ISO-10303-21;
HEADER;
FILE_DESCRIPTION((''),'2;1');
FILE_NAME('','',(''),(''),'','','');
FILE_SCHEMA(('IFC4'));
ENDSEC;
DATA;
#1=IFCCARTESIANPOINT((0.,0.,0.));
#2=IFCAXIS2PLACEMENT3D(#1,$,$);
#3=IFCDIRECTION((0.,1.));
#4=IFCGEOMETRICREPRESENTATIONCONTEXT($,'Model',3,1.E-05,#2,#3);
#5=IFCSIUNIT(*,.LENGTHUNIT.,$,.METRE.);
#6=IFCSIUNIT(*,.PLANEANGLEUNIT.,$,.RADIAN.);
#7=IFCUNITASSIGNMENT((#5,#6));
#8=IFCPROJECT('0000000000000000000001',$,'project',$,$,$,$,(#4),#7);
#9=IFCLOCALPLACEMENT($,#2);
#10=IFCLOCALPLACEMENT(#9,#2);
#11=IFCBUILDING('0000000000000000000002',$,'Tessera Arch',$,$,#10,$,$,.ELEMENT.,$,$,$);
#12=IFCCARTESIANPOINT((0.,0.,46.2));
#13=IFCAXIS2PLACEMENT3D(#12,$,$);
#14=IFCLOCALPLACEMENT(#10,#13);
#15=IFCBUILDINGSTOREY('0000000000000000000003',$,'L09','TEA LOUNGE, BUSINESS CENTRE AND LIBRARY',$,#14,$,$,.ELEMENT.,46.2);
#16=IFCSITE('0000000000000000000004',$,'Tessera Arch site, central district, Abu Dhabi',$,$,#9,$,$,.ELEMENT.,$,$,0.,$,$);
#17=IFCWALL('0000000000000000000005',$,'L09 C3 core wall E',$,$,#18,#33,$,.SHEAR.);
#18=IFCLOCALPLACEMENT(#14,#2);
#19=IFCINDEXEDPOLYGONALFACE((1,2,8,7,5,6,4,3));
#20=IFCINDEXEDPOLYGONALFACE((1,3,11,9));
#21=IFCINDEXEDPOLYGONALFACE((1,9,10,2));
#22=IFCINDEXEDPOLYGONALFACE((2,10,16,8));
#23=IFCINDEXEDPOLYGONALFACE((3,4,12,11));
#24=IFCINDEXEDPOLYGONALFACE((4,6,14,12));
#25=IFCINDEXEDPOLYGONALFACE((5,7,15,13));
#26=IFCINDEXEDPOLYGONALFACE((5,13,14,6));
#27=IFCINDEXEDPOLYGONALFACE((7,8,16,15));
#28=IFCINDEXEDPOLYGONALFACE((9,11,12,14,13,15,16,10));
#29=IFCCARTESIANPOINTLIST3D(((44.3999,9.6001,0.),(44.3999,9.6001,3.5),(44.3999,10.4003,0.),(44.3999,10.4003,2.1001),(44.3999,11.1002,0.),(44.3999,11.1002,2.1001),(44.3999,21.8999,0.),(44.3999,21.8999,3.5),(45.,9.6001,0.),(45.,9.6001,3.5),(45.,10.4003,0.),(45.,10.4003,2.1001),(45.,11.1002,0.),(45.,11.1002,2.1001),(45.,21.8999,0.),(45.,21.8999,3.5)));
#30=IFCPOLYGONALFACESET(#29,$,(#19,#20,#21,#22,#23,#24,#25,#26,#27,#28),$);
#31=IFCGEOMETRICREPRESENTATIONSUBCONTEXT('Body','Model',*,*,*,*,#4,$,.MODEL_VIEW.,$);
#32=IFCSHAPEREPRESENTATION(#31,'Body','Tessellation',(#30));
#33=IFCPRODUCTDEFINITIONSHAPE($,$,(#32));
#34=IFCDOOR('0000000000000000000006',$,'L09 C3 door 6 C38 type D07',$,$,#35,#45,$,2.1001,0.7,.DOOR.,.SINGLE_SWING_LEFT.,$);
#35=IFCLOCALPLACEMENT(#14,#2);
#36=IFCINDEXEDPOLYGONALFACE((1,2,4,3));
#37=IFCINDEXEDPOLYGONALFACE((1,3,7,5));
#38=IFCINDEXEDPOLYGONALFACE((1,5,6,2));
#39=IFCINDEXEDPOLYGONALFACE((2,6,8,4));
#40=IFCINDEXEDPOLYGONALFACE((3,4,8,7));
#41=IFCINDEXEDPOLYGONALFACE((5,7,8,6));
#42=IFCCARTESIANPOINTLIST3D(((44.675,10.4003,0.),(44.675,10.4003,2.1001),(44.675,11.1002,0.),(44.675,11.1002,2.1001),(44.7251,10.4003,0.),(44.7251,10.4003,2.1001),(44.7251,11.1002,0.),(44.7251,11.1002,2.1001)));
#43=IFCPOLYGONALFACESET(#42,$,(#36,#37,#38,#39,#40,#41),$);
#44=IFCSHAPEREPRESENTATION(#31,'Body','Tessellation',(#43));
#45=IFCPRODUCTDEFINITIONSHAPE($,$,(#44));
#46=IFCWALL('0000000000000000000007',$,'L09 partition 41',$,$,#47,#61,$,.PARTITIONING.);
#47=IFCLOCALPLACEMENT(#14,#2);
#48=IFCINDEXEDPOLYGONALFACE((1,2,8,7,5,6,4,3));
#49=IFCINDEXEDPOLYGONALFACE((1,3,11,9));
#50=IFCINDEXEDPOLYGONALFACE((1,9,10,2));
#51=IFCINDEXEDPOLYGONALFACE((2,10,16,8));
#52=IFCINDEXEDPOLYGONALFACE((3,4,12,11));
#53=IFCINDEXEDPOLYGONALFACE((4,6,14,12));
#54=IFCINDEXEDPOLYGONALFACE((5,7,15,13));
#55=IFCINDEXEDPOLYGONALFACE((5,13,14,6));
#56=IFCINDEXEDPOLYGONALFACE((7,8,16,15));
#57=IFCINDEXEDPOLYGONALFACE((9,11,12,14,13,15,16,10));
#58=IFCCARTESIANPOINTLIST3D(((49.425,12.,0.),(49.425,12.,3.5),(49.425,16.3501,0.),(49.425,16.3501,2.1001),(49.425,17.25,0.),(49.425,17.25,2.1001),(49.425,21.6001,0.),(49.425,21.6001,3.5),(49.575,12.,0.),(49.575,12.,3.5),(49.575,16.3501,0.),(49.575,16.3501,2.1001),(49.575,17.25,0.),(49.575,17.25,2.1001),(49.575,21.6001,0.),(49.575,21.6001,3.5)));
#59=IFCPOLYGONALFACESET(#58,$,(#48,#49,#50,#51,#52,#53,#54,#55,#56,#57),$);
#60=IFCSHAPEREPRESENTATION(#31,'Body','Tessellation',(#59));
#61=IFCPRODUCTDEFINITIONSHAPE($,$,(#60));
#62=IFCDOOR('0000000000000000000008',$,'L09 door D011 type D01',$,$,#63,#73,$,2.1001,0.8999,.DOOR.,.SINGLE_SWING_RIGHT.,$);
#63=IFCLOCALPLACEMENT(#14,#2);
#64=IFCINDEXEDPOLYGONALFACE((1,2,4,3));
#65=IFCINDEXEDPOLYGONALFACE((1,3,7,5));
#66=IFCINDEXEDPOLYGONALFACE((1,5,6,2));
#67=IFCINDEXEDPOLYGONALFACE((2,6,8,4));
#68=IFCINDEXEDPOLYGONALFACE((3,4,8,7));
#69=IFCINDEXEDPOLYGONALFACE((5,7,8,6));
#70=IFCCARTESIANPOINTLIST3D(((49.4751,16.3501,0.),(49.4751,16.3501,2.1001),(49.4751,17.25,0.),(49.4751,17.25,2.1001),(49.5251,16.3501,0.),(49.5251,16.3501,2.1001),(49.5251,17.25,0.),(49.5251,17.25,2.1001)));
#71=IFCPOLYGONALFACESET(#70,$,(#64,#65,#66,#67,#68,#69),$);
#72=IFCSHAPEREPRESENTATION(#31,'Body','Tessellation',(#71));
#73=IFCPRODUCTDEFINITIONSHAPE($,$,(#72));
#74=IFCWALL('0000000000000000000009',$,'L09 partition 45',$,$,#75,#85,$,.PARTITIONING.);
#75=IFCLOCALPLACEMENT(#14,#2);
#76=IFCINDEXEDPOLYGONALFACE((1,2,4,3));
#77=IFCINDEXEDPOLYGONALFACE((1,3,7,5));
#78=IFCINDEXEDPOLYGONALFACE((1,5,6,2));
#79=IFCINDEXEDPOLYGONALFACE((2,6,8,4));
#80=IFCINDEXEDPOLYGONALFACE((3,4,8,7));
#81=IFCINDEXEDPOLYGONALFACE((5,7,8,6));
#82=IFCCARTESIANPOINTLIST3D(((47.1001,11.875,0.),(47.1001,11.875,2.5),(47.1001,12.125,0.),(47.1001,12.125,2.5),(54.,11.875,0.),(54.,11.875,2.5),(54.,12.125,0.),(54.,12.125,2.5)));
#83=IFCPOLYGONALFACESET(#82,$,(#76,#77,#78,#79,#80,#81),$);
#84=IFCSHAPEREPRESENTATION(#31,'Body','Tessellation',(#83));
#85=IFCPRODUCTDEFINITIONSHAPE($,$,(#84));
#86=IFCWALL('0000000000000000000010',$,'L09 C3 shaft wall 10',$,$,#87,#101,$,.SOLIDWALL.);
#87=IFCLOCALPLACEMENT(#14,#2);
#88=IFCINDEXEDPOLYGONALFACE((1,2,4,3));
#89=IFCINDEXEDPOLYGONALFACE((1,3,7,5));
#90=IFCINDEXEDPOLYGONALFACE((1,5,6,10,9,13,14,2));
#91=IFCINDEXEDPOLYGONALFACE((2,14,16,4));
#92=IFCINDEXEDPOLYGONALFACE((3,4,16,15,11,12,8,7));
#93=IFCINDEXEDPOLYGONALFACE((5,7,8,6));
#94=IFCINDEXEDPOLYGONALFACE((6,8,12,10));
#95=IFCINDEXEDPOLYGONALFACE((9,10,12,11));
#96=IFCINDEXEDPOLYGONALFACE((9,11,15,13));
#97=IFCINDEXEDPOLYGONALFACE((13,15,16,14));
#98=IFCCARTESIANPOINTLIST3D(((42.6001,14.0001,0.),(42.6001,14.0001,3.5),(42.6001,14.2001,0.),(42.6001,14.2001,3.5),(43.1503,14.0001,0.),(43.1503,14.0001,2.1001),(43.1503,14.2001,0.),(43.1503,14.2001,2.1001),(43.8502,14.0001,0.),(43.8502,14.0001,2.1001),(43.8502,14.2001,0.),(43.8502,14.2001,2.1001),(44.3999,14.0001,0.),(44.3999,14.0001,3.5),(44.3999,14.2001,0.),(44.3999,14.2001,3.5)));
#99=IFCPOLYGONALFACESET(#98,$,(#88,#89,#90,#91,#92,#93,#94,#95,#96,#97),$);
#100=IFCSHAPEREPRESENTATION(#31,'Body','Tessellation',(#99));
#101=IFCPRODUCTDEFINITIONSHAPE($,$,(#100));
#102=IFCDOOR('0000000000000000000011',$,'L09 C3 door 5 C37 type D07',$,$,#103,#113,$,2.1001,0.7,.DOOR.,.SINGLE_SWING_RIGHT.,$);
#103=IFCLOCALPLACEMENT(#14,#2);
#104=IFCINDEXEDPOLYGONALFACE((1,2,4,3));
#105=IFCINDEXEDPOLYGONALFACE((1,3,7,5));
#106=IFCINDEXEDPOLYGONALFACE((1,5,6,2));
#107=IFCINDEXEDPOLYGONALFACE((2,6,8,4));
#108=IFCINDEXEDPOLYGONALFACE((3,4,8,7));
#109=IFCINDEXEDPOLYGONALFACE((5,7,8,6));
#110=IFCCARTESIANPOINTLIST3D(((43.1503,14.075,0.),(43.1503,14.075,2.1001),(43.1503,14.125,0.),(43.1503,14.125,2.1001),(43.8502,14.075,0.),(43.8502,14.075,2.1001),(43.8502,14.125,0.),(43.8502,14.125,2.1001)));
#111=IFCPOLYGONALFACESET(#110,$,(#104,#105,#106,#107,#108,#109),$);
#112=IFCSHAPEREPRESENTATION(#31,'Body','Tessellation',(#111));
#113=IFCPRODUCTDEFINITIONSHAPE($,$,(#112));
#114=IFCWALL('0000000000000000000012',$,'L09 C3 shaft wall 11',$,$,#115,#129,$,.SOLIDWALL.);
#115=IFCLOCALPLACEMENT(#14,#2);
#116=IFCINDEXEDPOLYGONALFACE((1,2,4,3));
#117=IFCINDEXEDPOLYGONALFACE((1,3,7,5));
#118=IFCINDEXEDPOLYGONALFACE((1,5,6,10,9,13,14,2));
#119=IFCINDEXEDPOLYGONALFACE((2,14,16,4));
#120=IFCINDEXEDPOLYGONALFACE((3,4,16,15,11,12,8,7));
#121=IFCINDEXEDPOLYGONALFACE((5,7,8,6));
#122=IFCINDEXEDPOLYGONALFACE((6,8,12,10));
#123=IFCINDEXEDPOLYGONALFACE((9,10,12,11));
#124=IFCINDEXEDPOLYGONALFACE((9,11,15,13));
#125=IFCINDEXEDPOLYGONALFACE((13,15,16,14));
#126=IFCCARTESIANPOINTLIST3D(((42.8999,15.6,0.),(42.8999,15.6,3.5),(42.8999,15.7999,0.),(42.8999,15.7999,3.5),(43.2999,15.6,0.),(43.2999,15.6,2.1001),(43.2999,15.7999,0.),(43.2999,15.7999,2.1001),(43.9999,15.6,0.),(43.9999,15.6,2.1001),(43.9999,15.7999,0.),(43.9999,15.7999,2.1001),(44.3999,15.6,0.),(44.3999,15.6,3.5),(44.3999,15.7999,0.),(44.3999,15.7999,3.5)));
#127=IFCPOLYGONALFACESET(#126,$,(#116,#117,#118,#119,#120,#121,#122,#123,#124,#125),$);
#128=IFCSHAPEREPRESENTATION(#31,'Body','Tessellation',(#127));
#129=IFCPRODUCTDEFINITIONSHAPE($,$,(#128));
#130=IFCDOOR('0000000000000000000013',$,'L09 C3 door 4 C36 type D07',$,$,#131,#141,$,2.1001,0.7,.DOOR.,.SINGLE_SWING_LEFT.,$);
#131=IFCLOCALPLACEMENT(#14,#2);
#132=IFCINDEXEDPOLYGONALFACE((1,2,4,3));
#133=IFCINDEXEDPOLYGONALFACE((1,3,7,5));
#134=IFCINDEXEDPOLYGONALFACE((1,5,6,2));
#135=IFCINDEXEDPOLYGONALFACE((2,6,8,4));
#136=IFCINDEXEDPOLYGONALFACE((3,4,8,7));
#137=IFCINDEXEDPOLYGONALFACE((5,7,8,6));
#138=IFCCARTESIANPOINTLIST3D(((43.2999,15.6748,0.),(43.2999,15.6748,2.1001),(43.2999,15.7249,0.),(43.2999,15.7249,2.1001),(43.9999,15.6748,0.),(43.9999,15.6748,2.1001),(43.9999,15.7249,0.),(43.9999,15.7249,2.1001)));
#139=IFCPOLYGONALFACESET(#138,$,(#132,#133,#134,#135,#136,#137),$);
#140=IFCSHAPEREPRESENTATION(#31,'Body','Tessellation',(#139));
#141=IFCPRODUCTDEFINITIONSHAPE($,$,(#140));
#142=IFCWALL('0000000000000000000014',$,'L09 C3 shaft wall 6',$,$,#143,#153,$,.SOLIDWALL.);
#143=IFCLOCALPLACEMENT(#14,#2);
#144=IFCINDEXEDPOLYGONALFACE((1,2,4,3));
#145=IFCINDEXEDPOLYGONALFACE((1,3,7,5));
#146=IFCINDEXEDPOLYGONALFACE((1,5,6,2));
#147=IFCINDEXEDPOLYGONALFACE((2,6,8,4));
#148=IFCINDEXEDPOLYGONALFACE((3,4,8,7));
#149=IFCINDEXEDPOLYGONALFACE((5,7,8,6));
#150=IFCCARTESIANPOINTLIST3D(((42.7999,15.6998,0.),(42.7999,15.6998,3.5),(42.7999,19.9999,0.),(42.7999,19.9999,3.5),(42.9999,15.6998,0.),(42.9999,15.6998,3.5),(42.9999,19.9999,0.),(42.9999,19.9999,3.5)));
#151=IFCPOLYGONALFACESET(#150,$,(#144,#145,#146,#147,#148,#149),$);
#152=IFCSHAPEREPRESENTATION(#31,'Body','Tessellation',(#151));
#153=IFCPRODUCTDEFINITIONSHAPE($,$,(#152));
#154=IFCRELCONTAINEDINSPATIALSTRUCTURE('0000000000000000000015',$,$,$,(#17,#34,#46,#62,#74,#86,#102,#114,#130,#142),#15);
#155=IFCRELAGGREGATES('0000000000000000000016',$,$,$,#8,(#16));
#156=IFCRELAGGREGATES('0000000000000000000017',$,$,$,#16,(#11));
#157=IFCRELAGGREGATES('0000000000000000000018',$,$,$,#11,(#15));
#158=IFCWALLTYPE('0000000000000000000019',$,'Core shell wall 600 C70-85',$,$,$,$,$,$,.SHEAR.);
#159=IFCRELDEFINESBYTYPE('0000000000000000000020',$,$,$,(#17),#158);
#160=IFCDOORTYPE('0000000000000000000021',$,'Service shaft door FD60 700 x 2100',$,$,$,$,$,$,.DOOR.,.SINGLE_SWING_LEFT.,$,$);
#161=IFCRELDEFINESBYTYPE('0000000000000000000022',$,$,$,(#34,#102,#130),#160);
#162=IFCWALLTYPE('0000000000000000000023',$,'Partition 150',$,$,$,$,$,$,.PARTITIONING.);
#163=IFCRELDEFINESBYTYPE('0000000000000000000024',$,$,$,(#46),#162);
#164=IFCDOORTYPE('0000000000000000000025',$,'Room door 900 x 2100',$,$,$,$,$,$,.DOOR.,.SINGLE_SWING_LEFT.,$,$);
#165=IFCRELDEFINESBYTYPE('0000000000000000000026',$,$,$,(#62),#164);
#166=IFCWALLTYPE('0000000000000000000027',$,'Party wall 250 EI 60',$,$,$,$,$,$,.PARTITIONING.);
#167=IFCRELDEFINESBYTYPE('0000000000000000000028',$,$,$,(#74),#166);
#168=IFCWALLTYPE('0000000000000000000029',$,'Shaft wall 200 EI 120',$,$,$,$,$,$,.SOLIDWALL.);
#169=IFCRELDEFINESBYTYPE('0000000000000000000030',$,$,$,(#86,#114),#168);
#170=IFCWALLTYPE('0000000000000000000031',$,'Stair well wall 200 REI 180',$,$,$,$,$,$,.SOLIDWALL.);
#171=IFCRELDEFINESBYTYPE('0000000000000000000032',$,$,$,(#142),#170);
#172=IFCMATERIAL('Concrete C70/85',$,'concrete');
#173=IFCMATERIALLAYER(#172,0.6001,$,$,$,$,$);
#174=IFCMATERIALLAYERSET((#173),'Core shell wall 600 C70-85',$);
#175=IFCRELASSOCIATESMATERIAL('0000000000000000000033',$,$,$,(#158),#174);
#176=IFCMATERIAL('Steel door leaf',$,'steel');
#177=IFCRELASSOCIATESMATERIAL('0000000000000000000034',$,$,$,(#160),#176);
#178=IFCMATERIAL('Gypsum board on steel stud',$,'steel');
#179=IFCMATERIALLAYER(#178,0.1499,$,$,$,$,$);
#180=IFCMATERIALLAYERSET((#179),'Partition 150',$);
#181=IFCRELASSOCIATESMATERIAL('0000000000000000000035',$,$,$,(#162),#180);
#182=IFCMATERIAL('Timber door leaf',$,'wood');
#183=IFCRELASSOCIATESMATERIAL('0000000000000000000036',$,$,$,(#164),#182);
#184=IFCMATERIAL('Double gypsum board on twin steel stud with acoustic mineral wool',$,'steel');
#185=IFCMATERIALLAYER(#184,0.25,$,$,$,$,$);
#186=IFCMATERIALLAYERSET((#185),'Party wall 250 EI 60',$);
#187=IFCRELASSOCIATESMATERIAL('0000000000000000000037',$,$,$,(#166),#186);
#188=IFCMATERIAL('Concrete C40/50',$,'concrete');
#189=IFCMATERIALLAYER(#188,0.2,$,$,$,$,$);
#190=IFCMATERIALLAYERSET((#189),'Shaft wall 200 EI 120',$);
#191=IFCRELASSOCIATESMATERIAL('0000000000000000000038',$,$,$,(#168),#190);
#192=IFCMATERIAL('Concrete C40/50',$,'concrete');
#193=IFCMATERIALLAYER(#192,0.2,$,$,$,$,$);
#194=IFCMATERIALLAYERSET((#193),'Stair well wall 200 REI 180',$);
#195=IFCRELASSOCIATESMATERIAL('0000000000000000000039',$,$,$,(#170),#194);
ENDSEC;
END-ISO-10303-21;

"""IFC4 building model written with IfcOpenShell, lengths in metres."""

from ifc_helpers import new_model, si_unit, direction, frame, frame_2d, origin, place, context, subcontext, project, spatial, rectangle, extrude, material, layer, layer_set, type_object, element, fill, save


model = new_model("IFC4")

# Units and contexts
model_context = context("Model", 3, precision=1e-05, world=origin(), true_north=direction((0.0, 1.0)))
body_context = subcontext(model_context, "Body", "Model", "MODEL_VIEW")
ifc_project = project(units=[si_unit("LENGTHUNIT", "METRE"), si_unit("PLANEANGLEUNIT", "RADIAN")], contexts=[model_context])

# Site, building, storey
site_placement = place(None, origin())
site = spatial("IfcSite", under=ifc_project, at=site_placement, Name="Tessera Arch site, central district, Abu Dhabi", CompositionType="ELEMENT", RefElevation=0.0)
building_placement = place(site_placement, origin())
building = spatial("IfcBuilding", under=site, at=building_placement, Name="Tessera Arch", CompositionType="ELEMENT")
storey_placement = place(building_placement, frame((0.0, 0.0, 46.2)))
storey = spatial("IfcBuildingStorey", under=building, at=storey_placement, Name="L09", Description="TEA LOUNGE, BUSINESS CENTRE AND LIBRARY", CompositionType="ELEMENT", Elevation=46.2)

# Walls, openings, doors
ifc_material_1 = material(Name="Concrete C70/85", Category="concrete")
ifc_layer_1 = layer(ifc_material_1, 0.6001)
ifc_layer_set_1 = layer_set([ifc_layer_1], Name="Core shell wall 600 C70-85")
wall_type_1 = type_object("IfcWallType", Name="Core shell wall 600 C70-85", PredefinedType="SHEAR", material=ifc_layer_set_1)
wall_1_placement = place(storey_placement, frame((44.7, 9.6001, 0.0), z_axis=(0.0, 0.0, 1.0), x_axis=(0.0, 1.0, 0.0)))
wall_1 = element("IfcWall", 1, at=wall_1_placement, inside=storey, type_object=wall_type_1, Name="L09 C3 core wall E", PredefinedType="SHEAR", context=body_context, shape_type="SweptSolid", body=[
    extrude(rectangle(XDim=12.2998, YDim=0.6001, at=frame_2d((6.1499, 0.0))), origin(), (0.0, 0.0, 1.0), 3.5),
])
opening_1_placement = place(wall_1_placement, frame((0.8, 0.0, 0.0)))
opening_1 = element("IfcOpeningElement", 2, at=opening_1_placement, cuts=wall_1, PredefinedType="OPENING", context=body_context, shape_type="SweptSolid", body=[
    extrude(rectangle(XDim=0.7, YDim=2.1001, at=frame_2d((0.3501, 1.05))), frame((0.0, 0.3101, 0.0), z_axis=(0.0, -1.0, 0.0), x_axis=(1.0, 0.0, 0.0)), (0.0, 0.0, 1.0), 0.6201),
])
ifc_material_2 = material(Name="Steel door leaf", Category="steel")
door_type_1 = type_object("IfcDoorType", Name="Service shaft door FD60 700 x 2100", OperationType="SINGLE_SWING_LEFT", PredefinedType="DOOR", material=ifc_material_2)
door_1_placement = place(opening_1_placement, origin())
door_1 = element("IfcDoor", 3, at=door_1_placement, inside=storey, type_object=door_type_1, Name="L09 C3 door 6 C38 type D07", OperationType="SINGLE_SWING_LEFT", OverallHeight=2.1001, OverallWidth=0.7, PredefinedType="DOOR", context=body_context, shape_type="SweptSolid", body=[
    extrude(rectangle(XDim=0.7, YDim=2.1001, at=frame_2d((0.3501, 1.05))), frame((0.0, 0.0249, 0.0), z_axis=(0.0, -1.0, 0.0), x_axis=(1.0, 0.0, 0.0)), (0.0, 0.0, 1.0), 0.05),
])
fill(opening_1, door_1)
ifc_material_3 = material(Name="Gypsum board on steel stud", Category="steel")
ifc_layer_2 = layer(ifc_material_3, 0.1499)
ifc_layer_set_2 = layer_set([ifc_layer_2], Name="Partition 150")
wall_type_2 = type_object("IfcWallType", Name="Partition 150", PredefinedType="PARTITIONING", material=ifc_layer_set_2)
wall_2_placement = place(storey_placement, frame((49.5, 12.0, 0.0), z_axis=(0.0, 0.0, 1.0), x_axis=(0.0, 1.0, 0.0)))
wall_2 = element("IfcWall", 4, at=wall_2_placement, inside=storey, type_object=wall_type_2, Name="L09 partition 41", PredefinedType="PARTITIONING", context=body_context, shape_type="SweptSolid", body=[
    extrude(rectangle(XDim=9.6001, YDim=0.1499, at=frame_2d((4.8, 0.0))), origin(), (0.0, 0.0, 1.0), 3.5),
])
opening_2_placement = place(wall_2_placement, frame((4.3501, 0.0, 0.0)))
opening_2 = element("IfcOpeningElement", 5, at=opening_2_placement, cuts=wall_2, PredefinedType="OPENING", context=body_context, shape_type="SweptSolid", body=[
    extrude(rectangle(XDim=0.8999, YDim=2.1001, at=frame_2d((0.45, 1.05))), frame((0.0, 0.085, 0.0), z_axis=(0.0, -1.0, 0.0), x_axis=(1.0, 0.0, 0.0)), (0.0, 0.0, 1.0), 0.1699),
])
ifc_material_4 = material(Name="Timber door leaf", Category="wood")
door_type_2 = type_object("IfcDoorType", Name="Room door 900 x 2100", OperationType="SINGLE_SWING_LEFT", PredefinedType="DOOR", material=ifc_material_4)
door_2_placement = place(opening_2_placement, origin())
door_2 = element("IfcDoor", 6, at=door_2_placement, inside=storey, type_object=door_type_2, Name="L09 door D011 type D01", OperationType="SINGLE_SWING_RIGHT", OverallHeight=2.1001, OverallWidth=0.8999, PredefinedType="DOOR", context=body_context, shape_type="SweptSolid", body=[
    extrude(rectangle(XDim=0.8999, YDim=2.1001, at=frame_2d((0.45, 1.05))), frame((0.0, 0.0249, 0.0), z_axis=(0.0, -1.0, 0.0), x_axis=(1.0, 0.0, 0.0)), (0.0, 0.0, 1.0), 0.05),
])
fill(opening_2, door_2)

# Wall
ifc_material_5 = material(Name="Double gypsum board on twin steel stud with acoustic mineral wool", Category="steel")
ifc_layer_3 = layer(ifc_material_5, 0.25)
ifc_layer_set_3 = layer_set([ifc_layer_3], Name="Party wall 250 EI 60")
wall_type_3 = type_object("IfcWallType", Name="Party wall 250 EI 60", PredefinedType="PARTITIONING", material=ifc_layer_set_3)
wall_3_placement = place(storey_placement, frame((47.1001, 12.0, 0.0), z_axis=(0.0, 0.0, 1.0), x_axis=(1.0, 0.0, 0.0)))
element("IfcWall", 7, at=wall_3_placement, inside=storey, type_object=wall_type_3, Name="L09 partition 45", PredefinedType="PARTITIONING", context=body_context, shape_type="SweptSolid", body=[
    extrude(rectangle(XDim=6.8999, YDim=0.25, at=frame_2d((3.45, 0.0))), origin(), (0.0, 0.0, 1.0), 2.5),
])

# Walls, openings, doors
ifc_material_6 = material(Name="Concrete C40/50", Category="concrete")
ifc_layer_4 = layer(ifc_material_6, 0.2)
ifc_layer_set_4 = layer_set([ifc_layer_4], Name="Shaft wall 200 EI 120")
wall_type_4 = type_object("IfcWallType", Name="Shaft wall 200 EI 120", PredefinedType="SOLIDWALL", material=ifc_layer_set_4)
wall_4_placement = place(storey_placement, frame((42.6001, 14.1001, 0.0), z_axis=(0.0, 0.0, 1.0), x_axis=(1.0, 0.0, 0.0)))
wall_4 = element("IfcWall", 8, at=wall_4_placement, inside=storey, type_object=wall_type_4, Name="L09 C3 shaft wall 10", PredefinedType="SOLIDWALL", context=body_context, shape_type="SweptSolid", body=[
    extrude(rectangle(XDim=1.7998, YDim=0.2, at=frame_2d((0.8999, 0.0))), origin(), (0.0, 0.0, 1.0), 3.5),
])
opening_3_placement = place(wall_4_placement, frame((0.55, 0.0, 0.0)))
opening_3 = element("IfcOpeningElement", 9, at=opening_3_placement, cuts=wall_4, PredefinedType="OPENING", context=body_context, shape_type="SweptSolid", body=[
    extrude(rectangle(XDim=0.7, YDim=2.1001, at=frame_2d((0.3501, 1.05))), frame((0.0, 0.1099, 0.0), z_axis=(0.0, -1.0, 0.0), x_axis=(1.0, 0.0, 0.0)), (0.0, 0.0, 1.0), 0.22),
])
door_3_placement = place(opening_3_placement, origin())
door_3 = element("IfcDoor", 10, at=door_3_placement, inside=storey, type_object=door_type_1, Name="L09 C3 door 5 C37 type D07", OperationType="SINGLE_SWING_RIGHT", OverallHeight=2.1001, OverallWidth=0.7, PredefinedType="DOOR", context=body_context, shape_type="SweptSolid", body=[
    extrude(rectangle(XDim=0.7, YDim=2.1001, at=frame_2d((0.3501, 1.05))), frame((0.0, 0.0249, 0.0), z_axis=(0.0, -1.0, 0.0), x_axis=(1.0, 0.0, 0.0)), (0.0, 0.0, 1.0), 0.05),
])
fill(opening_3, door_3)
wall_5_placement = place(storey_placement, frame((42.8999, 15.7, 0.0), z_axis=(0.0, 0.0, 1.0), x_axis=(1.0, 0.0, 0.0)))
wall_5 = element("IfcWall", 11, at=wall_5_placement, inside=storey, type_object=wall_type_4, Name="L09 C3 shaft wall 11", PredefinedType="SOLIDWALL", context=body_context, shape_type="SweptSolid", body=[
    extrude(rectangle(XDim=1.5, YDim=0.2, at=frame_2d((0.75, 0.0))), origin(), (0.0, 0.0, 1.0), 3.5),
])
opening_4_placement = place(wall_5_placement, frame((0.3999, 0.0, 0.0)))
opening_4 = element("IfcOpeningElement", 12, at=opening_4_placement, cuts=wall_5, PredefinedType="OPENING", context=body_context, shape_type="SweptSolid", body=[
    extrude(rectangle(XDim=0.7, YDim=2.1001, at=frame_2d((0.3501, 1.05))), frame((0.0, 0.1099, 0.0), z_axis=(0.0, -1.0, 0.0), x_axis=(1.0, 0.0, 0.0)), (0.0, 0.0, 1.0), 0.22),
])
door_4_placement = place(opening_4_placement, origin())
door_4 = element("IfcDoor", 13, at=door_4_placement, inside=storey, type_object=door_type_1, Name="L09 C3 door 4 C36 type D07", OperationType="SINGLE_SWING_LEFT", OverallHeight=2.1001, OverallWidth=0.7, PredefinedType="DOOR", context=body_context, shape_type="SweptSolid", body=[
    extrude(rectangle(XDim=0.7, YDim=2.1001, at=frame_2d((0.3501, 1.05))), frame((0.0, 0.0249, 0.0), z_axis=(0.0, -1.0, 0.0), x_axis=(1.0, 0.0, 0.0)), (0.0, 0.0, 1.0), 0.05),
])
fill(opening_4, door_4)

# Wall
ifc_material_7 = material(Name="Concrete C40/50", Category="concrete")
ifc_layer_5 = layer(ifc_material_7, 0.2)
ifc_layer_set_5 = layer_set([ifc_layer_5], Name="Stair well wall 200 REI 180")
wall_type_5 = type_object("IfcWallType", Name="Stair well wall 200 REI 180", PredefinedType="SOLIDWALL", material=ifc_layer_set_5)
wall_6_placement = place(storey_placement, frame((42.8999, 15.7, 0.0), z_axis=(0.0, 0.0, 1.0), x_axis=(0.0, 1.0, 0.0)))
element("IfcWall", 14, at=wall_6_placement, inside=storey, type_object=wall_type_5, Name="L09 C3 shaft wall 6", PredefinedType="SOLIDWALL", context=body_context, shape_type="SweptSolid", body=[
    extrude(rectangle(XDim=4.3, YDim=0.2, at=frame_2d((2.1499, 0.0))), origin(), (0.0, 0.0, 1.0), 3.5),
])

save(model, "model.ifc")
